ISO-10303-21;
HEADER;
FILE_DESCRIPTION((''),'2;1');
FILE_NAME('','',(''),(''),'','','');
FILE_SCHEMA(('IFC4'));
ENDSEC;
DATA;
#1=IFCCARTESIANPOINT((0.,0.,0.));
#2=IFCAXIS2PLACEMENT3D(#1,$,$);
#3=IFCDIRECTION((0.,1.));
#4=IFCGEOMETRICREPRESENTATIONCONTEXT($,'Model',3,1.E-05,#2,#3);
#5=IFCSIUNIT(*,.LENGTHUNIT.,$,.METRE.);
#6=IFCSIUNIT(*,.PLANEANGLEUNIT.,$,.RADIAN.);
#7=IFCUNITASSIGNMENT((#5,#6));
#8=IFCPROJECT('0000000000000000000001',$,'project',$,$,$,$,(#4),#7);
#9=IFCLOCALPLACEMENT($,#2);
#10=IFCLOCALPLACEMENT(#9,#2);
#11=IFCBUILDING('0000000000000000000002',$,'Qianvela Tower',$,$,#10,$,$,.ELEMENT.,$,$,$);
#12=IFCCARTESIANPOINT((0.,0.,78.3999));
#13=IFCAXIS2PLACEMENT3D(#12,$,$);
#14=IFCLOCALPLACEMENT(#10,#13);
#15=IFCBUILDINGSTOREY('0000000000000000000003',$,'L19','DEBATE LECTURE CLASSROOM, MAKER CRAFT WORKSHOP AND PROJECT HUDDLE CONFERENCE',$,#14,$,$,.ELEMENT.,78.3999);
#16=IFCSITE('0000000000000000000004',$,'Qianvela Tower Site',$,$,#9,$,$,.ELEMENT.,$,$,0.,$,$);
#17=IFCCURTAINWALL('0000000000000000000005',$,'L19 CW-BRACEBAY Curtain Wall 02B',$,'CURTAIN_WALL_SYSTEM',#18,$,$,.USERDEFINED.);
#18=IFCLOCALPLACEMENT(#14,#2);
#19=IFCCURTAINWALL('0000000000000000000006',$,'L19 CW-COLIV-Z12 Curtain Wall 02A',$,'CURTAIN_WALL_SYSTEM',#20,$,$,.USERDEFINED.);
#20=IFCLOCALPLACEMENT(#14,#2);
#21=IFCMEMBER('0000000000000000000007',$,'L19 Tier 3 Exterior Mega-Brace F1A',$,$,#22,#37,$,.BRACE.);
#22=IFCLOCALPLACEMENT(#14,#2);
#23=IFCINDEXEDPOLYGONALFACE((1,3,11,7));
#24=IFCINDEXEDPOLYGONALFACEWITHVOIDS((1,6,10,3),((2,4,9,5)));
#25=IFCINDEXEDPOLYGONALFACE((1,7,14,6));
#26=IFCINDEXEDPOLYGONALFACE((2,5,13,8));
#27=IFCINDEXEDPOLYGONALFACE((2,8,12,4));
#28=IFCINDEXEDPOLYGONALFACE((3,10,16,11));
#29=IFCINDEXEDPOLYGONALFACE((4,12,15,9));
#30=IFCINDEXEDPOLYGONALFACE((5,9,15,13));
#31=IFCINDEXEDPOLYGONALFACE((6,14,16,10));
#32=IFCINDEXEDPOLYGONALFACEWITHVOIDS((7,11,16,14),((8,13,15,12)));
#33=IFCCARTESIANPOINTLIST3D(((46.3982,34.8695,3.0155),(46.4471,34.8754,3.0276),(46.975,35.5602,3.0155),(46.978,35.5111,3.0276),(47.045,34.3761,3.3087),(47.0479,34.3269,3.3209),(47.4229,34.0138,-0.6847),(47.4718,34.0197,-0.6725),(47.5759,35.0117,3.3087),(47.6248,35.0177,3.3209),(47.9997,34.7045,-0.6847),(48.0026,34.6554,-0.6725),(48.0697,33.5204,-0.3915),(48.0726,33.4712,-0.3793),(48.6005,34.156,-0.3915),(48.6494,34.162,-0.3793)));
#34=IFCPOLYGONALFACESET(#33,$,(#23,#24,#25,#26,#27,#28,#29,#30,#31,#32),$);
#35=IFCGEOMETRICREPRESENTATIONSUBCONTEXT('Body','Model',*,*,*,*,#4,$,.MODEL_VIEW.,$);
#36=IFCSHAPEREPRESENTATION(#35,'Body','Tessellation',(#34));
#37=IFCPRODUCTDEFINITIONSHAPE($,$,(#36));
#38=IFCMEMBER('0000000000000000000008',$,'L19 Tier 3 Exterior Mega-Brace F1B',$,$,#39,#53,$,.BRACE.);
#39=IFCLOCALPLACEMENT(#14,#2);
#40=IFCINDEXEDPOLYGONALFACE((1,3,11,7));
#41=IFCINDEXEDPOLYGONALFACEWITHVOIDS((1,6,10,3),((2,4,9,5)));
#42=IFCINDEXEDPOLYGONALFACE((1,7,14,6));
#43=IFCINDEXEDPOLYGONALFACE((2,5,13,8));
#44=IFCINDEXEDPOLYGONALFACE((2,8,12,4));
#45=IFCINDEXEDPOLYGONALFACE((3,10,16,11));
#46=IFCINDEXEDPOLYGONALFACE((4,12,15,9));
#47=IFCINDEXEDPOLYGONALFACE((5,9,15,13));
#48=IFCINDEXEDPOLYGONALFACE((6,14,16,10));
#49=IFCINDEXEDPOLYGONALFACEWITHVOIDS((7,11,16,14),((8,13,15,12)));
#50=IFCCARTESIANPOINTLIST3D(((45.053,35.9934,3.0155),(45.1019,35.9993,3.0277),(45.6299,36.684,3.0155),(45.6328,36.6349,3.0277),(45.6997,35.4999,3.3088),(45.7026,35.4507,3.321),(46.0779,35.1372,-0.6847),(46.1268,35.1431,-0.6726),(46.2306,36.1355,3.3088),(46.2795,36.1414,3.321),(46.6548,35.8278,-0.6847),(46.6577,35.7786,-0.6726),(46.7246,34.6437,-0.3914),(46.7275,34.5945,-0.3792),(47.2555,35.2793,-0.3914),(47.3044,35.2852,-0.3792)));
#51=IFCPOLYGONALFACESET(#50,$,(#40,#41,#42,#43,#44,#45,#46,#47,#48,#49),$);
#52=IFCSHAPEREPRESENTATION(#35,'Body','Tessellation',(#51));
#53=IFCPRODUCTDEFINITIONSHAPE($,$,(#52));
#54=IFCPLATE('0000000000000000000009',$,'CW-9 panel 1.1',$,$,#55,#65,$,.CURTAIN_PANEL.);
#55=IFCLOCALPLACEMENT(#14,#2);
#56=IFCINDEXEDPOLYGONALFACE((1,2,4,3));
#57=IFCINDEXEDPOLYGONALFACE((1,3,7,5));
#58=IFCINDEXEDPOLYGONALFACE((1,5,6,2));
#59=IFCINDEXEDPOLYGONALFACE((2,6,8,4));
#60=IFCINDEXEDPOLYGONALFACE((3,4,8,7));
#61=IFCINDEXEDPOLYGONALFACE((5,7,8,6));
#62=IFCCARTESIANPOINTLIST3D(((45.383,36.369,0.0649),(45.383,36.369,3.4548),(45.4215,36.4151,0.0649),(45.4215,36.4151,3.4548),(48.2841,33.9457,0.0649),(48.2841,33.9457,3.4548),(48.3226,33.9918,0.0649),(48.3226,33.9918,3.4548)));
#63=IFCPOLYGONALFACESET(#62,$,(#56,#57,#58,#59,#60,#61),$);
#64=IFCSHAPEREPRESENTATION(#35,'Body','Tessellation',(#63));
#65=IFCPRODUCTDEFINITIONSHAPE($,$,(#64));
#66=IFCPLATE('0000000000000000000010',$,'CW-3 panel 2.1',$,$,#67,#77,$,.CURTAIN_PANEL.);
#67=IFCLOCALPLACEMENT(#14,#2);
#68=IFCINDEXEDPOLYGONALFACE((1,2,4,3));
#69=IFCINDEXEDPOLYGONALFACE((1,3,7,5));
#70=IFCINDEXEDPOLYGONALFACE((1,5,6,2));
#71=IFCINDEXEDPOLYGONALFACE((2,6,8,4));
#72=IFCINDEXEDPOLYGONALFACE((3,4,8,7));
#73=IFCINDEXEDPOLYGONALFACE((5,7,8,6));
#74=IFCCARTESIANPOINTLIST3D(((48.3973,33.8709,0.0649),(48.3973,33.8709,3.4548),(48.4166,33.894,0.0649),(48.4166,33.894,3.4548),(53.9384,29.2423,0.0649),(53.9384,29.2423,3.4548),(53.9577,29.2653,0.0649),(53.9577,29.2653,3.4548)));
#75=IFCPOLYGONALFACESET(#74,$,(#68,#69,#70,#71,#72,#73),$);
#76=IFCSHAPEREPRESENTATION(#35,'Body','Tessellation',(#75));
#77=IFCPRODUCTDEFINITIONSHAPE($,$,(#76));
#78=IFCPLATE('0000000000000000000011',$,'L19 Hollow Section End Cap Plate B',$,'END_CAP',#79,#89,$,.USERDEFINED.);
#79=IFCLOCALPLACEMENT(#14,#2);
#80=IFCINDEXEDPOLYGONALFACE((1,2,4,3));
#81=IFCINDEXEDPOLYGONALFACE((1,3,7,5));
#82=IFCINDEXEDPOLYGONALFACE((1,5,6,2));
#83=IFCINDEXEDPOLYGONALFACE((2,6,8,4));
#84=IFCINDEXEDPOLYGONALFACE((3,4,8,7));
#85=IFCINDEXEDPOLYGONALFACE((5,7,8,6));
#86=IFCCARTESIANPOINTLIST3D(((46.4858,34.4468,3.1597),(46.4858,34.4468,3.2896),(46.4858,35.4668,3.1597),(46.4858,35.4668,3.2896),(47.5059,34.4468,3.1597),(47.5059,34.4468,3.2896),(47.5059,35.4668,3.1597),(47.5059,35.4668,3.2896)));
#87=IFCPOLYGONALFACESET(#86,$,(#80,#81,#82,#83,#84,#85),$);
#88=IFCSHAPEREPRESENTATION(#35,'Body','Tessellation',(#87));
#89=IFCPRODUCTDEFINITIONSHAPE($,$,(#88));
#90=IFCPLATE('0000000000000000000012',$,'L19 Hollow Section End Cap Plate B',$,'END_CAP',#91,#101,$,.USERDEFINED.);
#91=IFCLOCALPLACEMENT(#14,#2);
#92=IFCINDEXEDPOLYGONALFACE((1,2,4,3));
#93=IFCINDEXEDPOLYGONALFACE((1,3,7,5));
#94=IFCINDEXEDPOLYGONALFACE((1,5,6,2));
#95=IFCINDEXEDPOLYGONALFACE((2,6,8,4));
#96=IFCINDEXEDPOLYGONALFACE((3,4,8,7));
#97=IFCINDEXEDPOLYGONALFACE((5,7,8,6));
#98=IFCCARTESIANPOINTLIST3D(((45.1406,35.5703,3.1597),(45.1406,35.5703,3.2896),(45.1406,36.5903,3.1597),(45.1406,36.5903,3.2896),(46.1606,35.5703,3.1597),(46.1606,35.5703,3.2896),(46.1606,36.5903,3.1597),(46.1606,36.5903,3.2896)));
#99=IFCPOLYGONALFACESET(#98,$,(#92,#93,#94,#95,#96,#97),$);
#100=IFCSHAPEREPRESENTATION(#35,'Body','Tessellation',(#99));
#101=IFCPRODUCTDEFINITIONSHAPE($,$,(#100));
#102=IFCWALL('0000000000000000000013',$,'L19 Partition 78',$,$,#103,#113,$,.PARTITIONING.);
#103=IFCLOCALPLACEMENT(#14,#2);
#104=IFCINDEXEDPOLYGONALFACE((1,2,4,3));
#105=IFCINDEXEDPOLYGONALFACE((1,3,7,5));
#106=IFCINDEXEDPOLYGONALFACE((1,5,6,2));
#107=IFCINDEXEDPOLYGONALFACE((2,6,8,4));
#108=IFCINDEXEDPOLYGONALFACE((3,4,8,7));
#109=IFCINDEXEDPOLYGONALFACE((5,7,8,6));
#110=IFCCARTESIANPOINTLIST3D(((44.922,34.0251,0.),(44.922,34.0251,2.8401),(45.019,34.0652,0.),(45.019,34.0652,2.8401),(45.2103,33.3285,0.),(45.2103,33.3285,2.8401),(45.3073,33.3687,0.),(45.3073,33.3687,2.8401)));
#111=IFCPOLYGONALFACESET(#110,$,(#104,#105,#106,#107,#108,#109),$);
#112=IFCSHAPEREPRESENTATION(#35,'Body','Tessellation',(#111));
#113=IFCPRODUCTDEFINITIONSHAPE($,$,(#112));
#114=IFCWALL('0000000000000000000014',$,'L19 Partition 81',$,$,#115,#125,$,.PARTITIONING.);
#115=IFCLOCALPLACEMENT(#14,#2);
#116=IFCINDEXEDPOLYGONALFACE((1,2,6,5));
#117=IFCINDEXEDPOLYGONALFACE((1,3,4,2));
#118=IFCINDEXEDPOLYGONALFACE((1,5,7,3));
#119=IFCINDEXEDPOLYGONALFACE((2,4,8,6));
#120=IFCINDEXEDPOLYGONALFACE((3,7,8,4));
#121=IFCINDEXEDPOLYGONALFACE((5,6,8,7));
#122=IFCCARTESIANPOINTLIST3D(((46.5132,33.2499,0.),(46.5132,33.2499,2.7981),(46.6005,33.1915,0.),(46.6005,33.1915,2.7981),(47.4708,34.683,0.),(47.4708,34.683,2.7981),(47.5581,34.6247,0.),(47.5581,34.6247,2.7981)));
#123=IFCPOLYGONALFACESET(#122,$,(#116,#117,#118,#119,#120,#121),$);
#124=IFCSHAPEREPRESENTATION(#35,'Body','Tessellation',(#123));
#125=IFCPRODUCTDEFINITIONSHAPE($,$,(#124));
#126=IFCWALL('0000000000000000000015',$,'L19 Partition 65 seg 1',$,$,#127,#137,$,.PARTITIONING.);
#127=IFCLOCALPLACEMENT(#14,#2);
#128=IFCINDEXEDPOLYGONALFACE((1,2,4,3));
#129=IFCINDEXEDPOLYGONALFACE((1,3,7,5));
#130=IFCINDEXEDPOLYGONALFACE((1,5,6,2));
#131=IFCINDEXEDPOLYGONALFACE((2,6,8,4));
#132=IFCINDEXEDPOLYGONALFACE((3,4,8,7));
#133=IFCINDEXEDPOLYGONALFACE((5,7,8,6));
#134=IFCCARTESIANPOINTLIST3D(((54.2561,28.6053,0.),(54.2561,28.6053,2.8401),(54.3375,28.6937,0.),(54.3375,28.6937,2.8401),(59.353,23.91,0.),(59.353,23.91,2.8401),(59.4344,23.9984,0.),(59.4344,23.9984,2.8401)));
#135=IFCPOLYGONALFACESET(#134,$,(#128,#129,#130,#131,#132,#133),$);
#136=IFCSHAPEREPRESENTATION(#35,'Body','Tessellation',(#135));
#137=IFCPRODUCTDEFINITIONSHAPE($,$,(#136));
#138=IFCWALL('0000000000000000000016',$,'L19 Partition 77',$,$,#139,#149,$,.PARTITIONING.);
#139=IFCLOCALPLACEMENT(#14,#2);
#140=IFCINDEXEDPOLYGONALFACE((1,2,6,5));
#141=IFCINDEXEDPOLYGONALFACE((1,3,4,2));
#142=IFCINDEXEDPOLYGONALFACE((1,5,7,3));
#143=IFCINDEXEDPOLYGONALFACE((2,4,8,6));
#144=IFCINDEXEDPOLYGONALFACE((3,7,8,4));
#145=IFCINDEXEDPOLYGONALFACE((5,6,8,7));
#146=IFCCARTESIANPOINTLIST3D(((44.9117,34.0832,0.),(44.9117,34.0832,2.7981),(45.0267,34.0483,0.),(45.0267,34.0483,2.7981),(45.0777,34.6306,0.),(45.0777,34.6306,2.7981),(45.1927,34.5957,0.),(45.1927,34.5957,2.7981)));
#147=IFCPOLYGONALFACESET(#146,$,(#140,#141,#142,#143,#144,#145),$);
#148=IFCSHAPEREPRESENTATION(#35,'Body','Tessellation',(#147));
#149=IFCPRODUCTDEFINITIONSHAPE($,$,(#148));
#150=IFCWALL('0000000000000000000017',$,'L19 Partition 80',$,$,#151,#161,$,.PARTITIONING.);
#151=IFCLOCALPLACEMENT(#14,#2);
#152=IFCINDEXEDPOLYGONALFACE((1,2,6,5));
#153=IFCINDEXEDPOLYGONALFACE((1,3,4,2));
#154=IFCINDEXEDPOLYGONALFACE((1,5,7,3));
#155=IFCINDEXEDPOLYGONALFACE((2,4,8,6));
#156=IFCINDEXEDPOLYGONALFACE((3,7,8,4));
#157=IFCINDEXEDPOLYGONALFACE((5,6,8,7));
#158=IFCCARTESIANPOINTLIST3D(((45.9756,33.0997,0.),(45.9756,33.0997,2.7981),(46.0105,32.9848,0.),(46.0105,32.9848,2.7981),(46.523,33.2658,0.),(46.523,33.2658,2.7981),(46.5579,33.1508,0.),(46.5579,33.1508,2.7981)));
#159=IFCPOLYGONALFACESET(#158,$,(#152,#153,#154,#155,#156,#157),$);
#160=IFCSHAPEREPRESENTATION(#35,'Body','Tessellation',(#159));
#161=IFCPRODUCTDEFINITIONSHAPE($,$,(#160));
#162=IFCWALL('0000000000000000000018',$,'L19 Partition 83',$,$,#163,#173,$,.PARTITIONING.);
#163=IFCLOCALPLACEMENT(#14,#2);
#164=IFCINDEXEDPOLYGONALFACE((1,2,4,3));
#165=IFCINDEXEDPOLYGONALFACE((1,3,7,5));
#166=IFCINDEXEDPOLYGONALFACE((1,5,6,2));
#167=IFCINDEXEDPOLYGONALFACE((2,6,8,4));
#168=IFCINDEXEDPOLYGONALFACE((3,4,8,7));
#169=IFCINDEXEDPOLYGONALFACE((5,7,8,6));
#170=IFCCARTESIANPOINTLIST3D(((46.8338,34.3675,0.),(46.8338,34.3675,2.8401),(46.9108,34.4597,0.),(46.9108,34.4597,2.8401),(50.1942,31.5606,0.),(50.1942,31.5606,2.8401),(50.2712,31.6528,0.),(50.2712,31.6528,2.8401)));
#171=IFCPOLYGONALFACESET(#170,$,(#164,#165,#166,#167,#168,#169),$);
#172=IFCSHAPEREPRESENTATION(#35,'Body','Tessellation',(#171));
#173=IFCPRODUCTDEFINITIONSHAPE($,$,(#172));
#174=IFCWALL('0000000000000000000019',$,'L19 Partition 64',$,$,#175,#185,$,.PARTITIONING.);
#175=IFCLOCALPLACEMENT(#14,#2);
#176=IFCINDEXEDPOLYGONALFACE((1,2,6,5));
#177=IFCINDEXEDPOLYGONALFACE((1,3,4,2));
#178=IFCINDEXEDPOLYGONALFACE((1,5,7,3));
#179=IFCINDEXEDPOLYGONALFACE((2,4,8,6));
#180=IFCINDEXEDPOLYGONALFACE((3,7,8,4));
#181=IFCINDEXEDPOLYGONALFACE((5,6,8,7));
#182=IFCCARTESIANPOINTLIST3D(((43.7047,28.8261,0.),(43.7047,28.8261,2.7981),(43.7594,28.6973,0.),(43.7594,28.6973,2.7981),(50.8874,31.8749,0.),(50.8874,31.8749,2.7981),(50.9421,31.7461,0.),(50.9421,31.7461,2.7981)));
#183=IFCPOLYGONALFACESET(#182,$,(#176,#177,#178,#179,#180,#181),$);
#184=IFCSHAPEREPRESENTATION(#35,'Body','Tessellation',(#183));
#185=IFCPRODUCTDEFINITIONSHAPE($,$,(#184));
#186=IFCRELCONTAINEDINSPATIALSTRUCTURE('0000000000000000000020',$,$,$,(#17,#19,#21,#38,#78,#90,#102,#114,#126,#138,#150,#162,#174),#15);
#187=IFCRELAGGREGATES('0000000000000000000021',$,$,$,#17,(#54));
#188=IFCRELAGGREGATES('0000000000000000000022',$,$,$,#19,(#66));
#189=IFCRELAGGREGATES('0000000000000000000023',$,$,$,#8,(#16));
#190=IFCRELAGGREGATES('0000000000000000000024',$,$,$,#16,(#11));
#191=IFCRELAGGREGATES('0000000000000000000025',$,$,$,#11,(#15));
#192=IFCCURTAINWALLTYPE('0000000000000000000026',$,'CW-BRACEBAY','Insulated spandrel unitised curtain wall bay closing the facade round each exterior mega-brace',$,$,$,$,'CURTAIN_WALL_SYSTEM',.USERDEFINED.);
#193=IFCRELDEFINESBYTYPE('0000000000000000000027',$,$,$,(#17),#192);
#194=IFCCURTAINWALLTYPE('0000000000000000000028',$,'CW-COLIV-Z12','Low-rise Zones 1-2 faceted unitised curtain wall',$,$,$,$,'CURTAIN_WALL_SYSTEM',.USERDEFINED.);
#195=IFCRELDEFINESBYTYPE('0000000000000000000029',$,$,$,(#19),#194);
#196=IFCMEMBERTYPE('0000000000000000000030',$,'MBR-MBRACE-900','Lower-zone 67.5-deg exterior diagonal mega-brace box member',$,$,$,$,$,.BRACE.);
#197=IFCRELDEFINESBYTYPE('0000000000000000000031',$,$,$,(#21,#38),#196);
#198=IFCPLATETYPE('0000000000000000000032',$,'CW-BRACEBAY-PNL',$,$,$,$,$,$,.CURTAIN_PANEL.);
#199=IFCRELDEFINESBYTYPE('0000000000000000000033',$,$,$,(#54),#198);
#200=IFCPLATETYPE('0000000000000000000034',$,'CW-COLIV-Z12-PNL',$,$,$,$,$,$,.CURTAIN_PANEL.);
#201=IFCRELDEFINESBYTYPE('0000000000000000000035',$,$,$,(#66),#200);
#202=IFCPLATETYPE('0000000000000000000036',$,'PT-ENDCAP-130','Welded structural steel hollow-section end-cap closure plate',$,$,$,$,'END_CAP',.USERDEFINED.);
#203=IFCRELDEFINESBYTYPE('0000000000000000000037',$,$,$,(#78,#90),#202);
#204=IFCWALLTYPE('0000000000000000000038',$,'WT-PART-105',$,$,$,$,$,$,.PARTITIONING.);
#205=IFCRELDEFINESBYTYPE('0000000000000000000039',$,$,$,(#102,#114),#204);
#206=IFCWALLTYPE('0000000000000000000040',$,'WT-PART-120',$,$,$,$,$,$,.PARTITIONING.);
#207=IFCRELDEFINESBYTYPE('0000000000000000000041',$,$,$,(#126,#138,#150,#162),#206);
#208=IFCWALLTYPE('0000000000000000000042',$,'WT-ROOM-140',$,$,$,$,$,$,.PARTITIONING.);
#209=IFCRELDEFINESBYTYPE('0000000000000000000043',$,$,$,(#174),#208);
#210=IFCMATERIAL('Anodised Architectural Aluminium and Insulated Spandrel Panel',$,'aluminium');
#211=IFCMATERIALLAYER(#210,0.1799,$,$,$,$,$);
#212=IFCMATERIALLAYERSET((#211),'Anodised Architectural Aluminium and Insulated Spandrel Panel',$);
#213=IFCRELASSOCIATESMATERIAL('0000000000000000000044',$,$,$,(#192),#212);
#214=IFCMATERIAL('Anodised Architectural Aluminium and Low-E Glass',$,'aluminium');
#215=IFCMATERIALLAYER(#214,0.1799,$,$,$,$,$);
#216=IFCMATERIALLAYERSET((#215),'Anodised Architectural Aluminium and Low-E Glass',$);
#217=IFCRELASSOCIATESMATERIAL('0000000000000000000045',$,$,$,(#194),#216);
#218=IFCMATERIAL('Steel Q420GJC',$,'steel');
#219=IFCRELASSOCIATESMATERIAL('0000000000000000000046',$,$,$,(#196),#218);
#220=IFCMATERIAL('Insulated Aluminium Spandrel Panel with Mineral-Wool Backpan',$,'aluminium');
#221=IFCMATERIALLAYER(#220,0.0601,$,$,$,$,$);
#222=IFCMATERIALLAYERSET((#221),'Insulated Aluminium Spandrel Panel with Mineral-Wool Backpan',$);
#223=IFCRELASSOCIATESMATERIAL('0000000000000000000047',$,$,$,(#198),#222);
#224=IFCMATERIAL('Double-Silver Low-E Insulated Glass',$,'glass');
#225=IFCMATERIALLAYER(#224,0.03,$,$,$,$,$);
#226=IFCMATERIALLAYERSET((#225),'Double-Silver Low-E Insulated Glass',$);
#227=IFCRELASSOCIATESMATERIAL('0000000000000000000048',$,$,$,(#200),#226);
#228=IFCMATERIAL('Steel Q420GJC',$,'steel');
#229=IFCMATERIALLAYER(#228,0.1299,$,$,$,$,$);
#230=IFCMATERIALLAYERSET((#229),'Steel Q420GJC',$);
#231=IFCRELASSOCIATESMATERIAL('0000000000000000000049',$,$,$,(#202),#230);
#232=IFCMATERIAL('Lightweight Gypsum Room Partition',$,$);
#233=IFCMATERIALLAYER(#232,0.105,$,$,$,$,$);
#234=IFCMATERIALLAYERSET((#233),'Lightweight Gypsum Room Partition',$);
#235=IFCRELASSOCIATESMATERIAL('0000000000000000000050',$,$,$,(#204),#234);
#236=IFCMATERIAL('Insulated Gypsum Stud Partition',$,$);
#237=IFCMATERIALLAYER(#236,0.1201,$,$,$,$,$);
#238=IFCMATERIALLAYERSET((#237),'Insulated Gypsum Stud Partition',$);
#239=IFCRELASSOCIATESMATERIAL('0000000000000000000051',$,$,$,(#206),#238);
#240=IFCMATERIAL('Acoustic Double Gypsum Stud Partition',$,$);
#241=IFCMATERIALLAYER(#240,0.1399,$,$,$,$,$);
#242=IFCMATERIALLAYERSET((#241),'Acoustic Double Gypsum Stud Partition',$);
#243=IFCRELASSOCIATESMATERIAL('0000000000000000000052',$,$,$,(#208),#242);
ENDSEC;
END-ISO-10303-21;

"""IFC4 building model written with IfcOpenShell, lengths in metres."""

from ifc_helpers import new_model, si_unit, direction, frame, frame_2d, origin, origin_2d, place, context, subcontext, project, spatial, rectangle, hollow_rectangle, extrude, material, layer, layer_set, material_profile, profile_set, type_object, element, aggregate, save


model = new_model("IFC4")

# Units and contexts
model_context = context("Model", 3, precision=1e-05, world=origin(), true_north=direction((0.0, 1.0)))
body_context = subcontext(model_context, "Body", "Model", "MODEL_VIEW")
ifc_project = project(units=[si_unit("LENGTHUNIT", "METRE"), si_unit("PLANEANGLEUNIT", "RADIAN")], contexts=[model_context])

# Site, building, storey
site_placement = place(None, origin())
site = spatial("IfcSite", under=ifc_project, at=site_placement, Name="Qianvela Tower Site", CompositionType="ELEMENT", RefElevation=0.0)
building_placement = place(site_placement, origin())
building = spatial("IfcBuilding", under=site, at=building_placement, Name="Qianvela Tower", CompositionType="ELEMENT")
storey_placement = place(building_placement, frame((0.0, 0.0, 78.3999)))
storey = spatial("IfcBuildingStorey", under=building, at=storey_placement, Name="L19", Description="DEBATE LECTURE CLASSROOM, MAKER CRAFT WORKSHOP AND PROJECT HUDDLE CONFERENCE", CompositionType="ELEMENT", Elevation=78.3999)

# Curtain walls
ifc_material_1 = material(Name="Anodised Architectural Aluminium and Insulated Spandrel Panel", Category="aluminium")
ifc_layer_1 = layer(ifc_material_1, 0.1799)
ifc_layer_set_1 = layer_set([ifc_layer_1], Name="Anodised Architectural Aluminium and Insulated Spandrel Panel")
curtain_wall_type_1 = type_object("IfcCurtainWallType", Name="CW-BRACEBAY", Description="Insulated spandrel unitised curtain wall bay closing the facade round each exterior mega-brace", ElementType="CURTAIN_WALL_SYSTEM", PredefinedType="USERDEFINED", material=ifc_layer_set_1)
curtain_wall_1_placement = place(storey_placement, origin())
curtain_wall_1 = element("IfcCurtainWall", 1, at=curtain_wall_1_placement, inside=storey, type_object=curtain_wall_type_1, Name="L19 CW-BRACEBAY Curtain Wall 02B", ObjectType="CURTAIN_WALL_SYSTEM", PredefinedType="USERDEFINED")
ifc_material_2 = material(Name="Anodised Architectural Aluminium and Low-E Glass", Category="aluminium")
ifc_layer_2 = layer(ifc_material_2, 0.1799)
ifc_layer_set_2 = layer_set([ifc_layer_2], Name="Anodised Architectural Aluminium and Low-E Glass")
curtain_wall_type_2 = type_object("IfcCurtainWallType", Name="CW-COLIV-Z12", Description="Low-rise Zones 1-2 faceted unitised curtain wall", ElementType="CURTAIN_WALL_SYSTEM", PredefinedType="USERDEFINED", material=ifc_layer_set_2)
curtain_wall_2_placement = place(storey_placement, origin())
curtain_wall_2 = element("IfcCurtainWall", 2, at=curtain_wall_2_placement, inside=storey, type_object=curtain_wall_type_2, Name="L19 CW-COLIV-Z12 Curtain Wall 02A", ObjectType="CURTAIN_WALL_SYSTEM", PredefinedType="USERDEFINED")

# Members
ifc_material_3 = material(Name="Steel Q420GJC", Category="steel")
ifc_material_profile_1 = material_profile(ifc_material_3, hollow_rectangle(XDim=0.8999, YDim=0.8999, WallThickness=0.0359, at=origin_2d()), Name="MBOX-900x900x36")
ifc_profile_set_1 = profile_set([ifc_material_profile_1], Name="Steel Q420GJC")
member_type_1 = type_object("IfcMemberType", Name="MBR-MBRACE-900", Description="Lower-zone 67.5-deg exterior diagonal mega-brace box member", PredefinedType="BRACE", material=ifc_profile_set_1)
member_1_placement = place(storey_placement, frame((48.0361, 34.0879, -0.532), z_axis=(-0.260485, 0.217537, 0.940652), x_axis=(-0.640994, -0.767546, 0.0)))
element("IfcMember", 3, at=member_1_placement, inside=storey, type_object=member_type_1, Name="L19 Tier 3 Exterior Mega-Brace F1A", PredefinedType="BRACE", context=body_context, shape_type="SweptSolid", body=[
    extrude(hollow_rectangle(XDim=0.8999, YDim=0.8999, WallThickness=0.0359, at=origin_2d()), origin(), (0.0, 0.0, 1.0), 3.9336),
])
member_2_placement = place(storey_placement, frame((46.6912, 35.2112, -0.532), z_axis=(-0.260536, 0.217651, 0.940611), x_axis=(-0.641119, -0.767442, 0.0)))
element("IfcMember", 4, at=member_2_placement, inside=storey, type_object=member_type_1, Name="L19 Tier 3 Exterior Mega-Brace F1B", PredefinedType="BRACE", context=body_context, shape_type="SweptSolid", body=[
    extrude(hollow_rectangle(XDim=0.8999, YDim=0.8999, WallThickness=0.0359, at=origin_2d()), origin(), (0.0, 0.0, 1.0), 3.9338),
])

# Plates
ifc_material_4 = material(Name="Insulated Aluminium Spandrel Panel with Mineral-Wool Backpan", Category="aluminium")
ifc_layer_3 = layer(ifc_material_4, 0.0601)
ifc_layer_set_3 = layer_set([ifc_layer_3], Name="Insulated Aluminium Spandrel Panel with Mineral-Wool Backpan")
plate_type_1 = type_object("IfcPlateType", Name="CW-BRACEBAY-PNL", PredefinedType="CURTAIN_PANEL", material=ifc_layer_set_3)
plate_1_placement = place(storey_placement, frame((46.8528, 35.1804, 0.0649), z_axis=(0.0, 0.0, 1.0), x_axis=(-0.767474, 0.64108, 0.0)))
plate_1 = element("IfcPlate", 5, at=plate_1_placement, type_object=plate_type_1, Name="CW-9 panel 1.1", PredefinedType="CURTAIN_PANEL", context=body_context, shape_type="SweptSolid", body=[
    extrude(rectangle(XDim=3.78, YDim=0.0601, at=origin_2d()), origin(), (0.0, 0.0, 1.0), 3.3899),
])
aggregate(curtain_wall_1, [plate_1])
ifc_material_5 = material(Name="Double-Silver Low-E Insulated Glass", Category="glass")
ifc_layer_4 = layer(ifc_material_5, 0.03)
ifc_layer_set_4 = layer_set([ifc_layer_4], Name="Double-Silver Low-E Insulated Glass")
plate_type_2 = type_object("IfcPlateType", Name="CW-COLIV-Z12-PNL", PredefinedType="CURTAIN_PANEL", material=ifc_layer_set_4)
plate_2_placement = place(storey_placement, frame((51.1775, 31.5681, 0.0649), z_axis=(0.0, 0.0, 1.0), x_axis=(-0.767469, 0.641086, 0.0)))
plate_2 = element("IfcPlate", 6, at=plate_2_placement, type_object=plate_type_2, Name="CW-3 panel 2.1", PredefinedType="CURTAIN_PANEL", context=body_context, shape_type="SweptSolid", body=[
    extrude(rectangle(XDim=7.22, YDim=0.03, at=origin_2d()), origin(), (0.0, 0.0, 1.0), 3.3899),
])
aggregate(curtain_wall_2, [plate_2])

# Plates
ifc_material_6 = material(Name="Steel Q420GJC", Category="steel")
ifc_layer_5 = layer(ifc_material_6, 0.1299)
ifc_layer_set_5 = layer_set([ifc_layer_5], Name="Steel Q420GJC")
plate_type_3 = type_object("IfcPlateType", Name="PT-ENDCAP-130", Description="Welded structural steel hollow-section end-cap closure plate", ElementType="END_CAP", PredefinedType="USERDEFINED", material=ifc_layer_set_5)
for number, where, z_axis, x_axis, name in (
    (7, (46.9958, 34.9568, 3.1597), (0.0, 0.0, 1.0), (1.0, 0.0, 0.0), "L19 Hollow Section End Cap Plate B"),
    (8, (45.6506, 36.0803, 3.1597), (0.0, 0.0, 1.0), (1.0, 0.0, 0.0), "L19 Hollow Section End Cap Plate B"),
):
    element("IfcPlate", number, at=place(storey_placement, frame(where, z_axis=z_axis, x_axis=x_axis)), inside=storey, type_object=plate_type_3, Name=name, ObjectType="END_CAP", PredefinedType="USERDEFINED", context=body_context, shape_type="SweptSolid", body=[
        extrude(rectangle(XDim=1.02, YDim=1.02, at=origin_2d()), origin(), (0.0, 0.0, 1.0), 0.1299),
    ])

# Walls
ifc_material_7 = material(Name="Lightweight Gypsum Room Partition")
ifc_layer_6 = layer(ifc_material_7, 0.105)
ifc_layer_set_6 = layer_set([ifc_layer_6], Name="Lightweight Gypsum Room Partition")
wall_type_1 = type_object("IfcWallType", Name="WT-PART-105", PredefinedType="PARTITIONING", material=ifc_layer_set_6)
wall_1_placement = place(storey_placement, frame((44.9705, 34.0452, 0.0), z_axis=(0.0, 0.0, 1.0), x_axis=(0.382476, -0.923966, 0.0)))
element("IfcWall", 9, at=wall_1_placement, inside=storey, type_object=wall_type_1, Name="L19 Partition 78", PredefinedType="PARTITIONING", context=body_context, shape_type="SweptSolid", body=[
    extrude(rectangle(XDim=0.7539, YDim=0.105, at=frame_2d((0.377, 0.0))), origin(), (0.0, 0.0, 1.0), 2.8401),
])
wall_2_placement = place(storey_placement, frame((46.5569, 33.2207, 0.0), z_axis=(0.0, 0.0, 1.0), x_axis=(0.55555, 0.831483, 0.0)))
element("IfcWall", 10, at=wall_2_placement, inside=storey, type_object=wall_type_1, Name="L19 Partition 81", PredefinedType="PARTITIONING", context=body_context, shape_type="SweptSolid", body=[
    extrude(rectangle(XDim=1.7236, YDim=0.105, at=frame_2d((0.8618, 0.0))), origin(), (0.0, 0.0, 1.0), 2.7981),
])
ifc_material_8 = material(Name="Insulated Gypsum Stud Partition")
ifc_layer_7 = layer(ifc_material_8, 0.1201)
ifc_layer_set_7 = layer_set([ifc_layer_7], Name="Insulated Gypsum Stud Partition")
wall_type_2 = type_object("IfcWallType", Name="WT-PART-120", PredefinedType="PARTITIONING", material=ifc_layer_set_7)
wall_3_placement = place(storey_placement, frame((54.2969, 28.6494, 0.0), z_axis=(0.0, 0.0, 1.0), x_axis=(0.735489, -0.677536, 0.0)))
element("IfcWall", 11, at=wall_3_placement, inside=storey, type_object=wall_type_2, Name="L19 Partition 65 seg 1", PredefinedType="PARTITIONING", context=body_context, shape_type="SweptSolid", body=[
    extrude(rectangle(XDim=6.9299, YDim=0.1201, at=frame_2d((3.4648, 0.0))), origin(), (0.0, 0.0, 1.0), 2.8401),
])
for number, where, z_axis, x_axis, name in (
    (12, (45.1353, 34.6133, 0.0), (0.0, 0.0, 1.0), (-0.290244, -0.956953, 0.0), "L19 Partition 77"),
    (13, (45.9929, 33.0422, 0.0), (0.0, 0.0, 1.0), (0.956953, 0.290244, 0.0), "L19 Partition 80"),
):
    element("IfcWall", number, at=place(storey_placement, frame(where, z_axis=z_axis, x_axis=x_axis)), inside=storey, type_object=wall_type_2, Name=name, PredefinedType="PARTITIONING", context=body_context, shape_type="SweptSolid", body=[
        extrude(rectangle(XDim=0.572, YDim=0.1201, at=frame_2d((0.2861, 0.0))), origin(), (0.0, 0.0, 1.0), 2.7981),
    ])
wall_4_placement = place(storey_placement, frame((46.8723, 34.4136, 0.0), z_axis=(0.0, 0.0, 1.0), x_axis=(0.76748, -0.641072, 0.0)))
element("IfcWall", 14, at=wall_4_placement, inside=storey, type_object=wall_type_2, Name="L19 Partition 83", PredefinedType="PARTITIONING", context=body_context, shape_type="SweptSolid", body=[
    extrude(rectangle(XDim=4.3784, YDim=0.1201, at=frame_2d((2.1892, 0.0))), origin(), (0.0, 0.0, 1.0), 2.8401),
])
ifc_material_9 = material(Name="Acoustic Double Gypsum Stud Partition")
ifc_layer_8 = layer(ifc_material_9, 0.1399)
ifc_layer_set_8 = layer_set([ifc_layer_8], Name="Acoustic Double Gypsum Stud Partition")
wall_type_3 = type_object("IfcWallType", Name="WT-ROOM-140", PredefinedType="PARTITIONING", material=ifc_layer_set_8)
wall_5_placement = place(storey_placement, frame((43.7322, 28.7617, 0.0), z_axis=(0.0, 0.0, 1.0), x_axis=(0.920505, 0.39073, 0.0)))
element("IfcWall", 15, at=wall_5_placement, inside=storey, type_object=wall_type_3, Name="L19 Partition 64", PredefinedType="PARTITIONING", context=body_context, shape_type="SweptSolid", body=[
    extrude(rectangle(XDim=7.803, YDim=0.1399, at=frame_2d((3.9014, 0.0))), origin(), (0.0, 0.0, 1.0), 2.7981),
])

save(model, "model.ifc")
